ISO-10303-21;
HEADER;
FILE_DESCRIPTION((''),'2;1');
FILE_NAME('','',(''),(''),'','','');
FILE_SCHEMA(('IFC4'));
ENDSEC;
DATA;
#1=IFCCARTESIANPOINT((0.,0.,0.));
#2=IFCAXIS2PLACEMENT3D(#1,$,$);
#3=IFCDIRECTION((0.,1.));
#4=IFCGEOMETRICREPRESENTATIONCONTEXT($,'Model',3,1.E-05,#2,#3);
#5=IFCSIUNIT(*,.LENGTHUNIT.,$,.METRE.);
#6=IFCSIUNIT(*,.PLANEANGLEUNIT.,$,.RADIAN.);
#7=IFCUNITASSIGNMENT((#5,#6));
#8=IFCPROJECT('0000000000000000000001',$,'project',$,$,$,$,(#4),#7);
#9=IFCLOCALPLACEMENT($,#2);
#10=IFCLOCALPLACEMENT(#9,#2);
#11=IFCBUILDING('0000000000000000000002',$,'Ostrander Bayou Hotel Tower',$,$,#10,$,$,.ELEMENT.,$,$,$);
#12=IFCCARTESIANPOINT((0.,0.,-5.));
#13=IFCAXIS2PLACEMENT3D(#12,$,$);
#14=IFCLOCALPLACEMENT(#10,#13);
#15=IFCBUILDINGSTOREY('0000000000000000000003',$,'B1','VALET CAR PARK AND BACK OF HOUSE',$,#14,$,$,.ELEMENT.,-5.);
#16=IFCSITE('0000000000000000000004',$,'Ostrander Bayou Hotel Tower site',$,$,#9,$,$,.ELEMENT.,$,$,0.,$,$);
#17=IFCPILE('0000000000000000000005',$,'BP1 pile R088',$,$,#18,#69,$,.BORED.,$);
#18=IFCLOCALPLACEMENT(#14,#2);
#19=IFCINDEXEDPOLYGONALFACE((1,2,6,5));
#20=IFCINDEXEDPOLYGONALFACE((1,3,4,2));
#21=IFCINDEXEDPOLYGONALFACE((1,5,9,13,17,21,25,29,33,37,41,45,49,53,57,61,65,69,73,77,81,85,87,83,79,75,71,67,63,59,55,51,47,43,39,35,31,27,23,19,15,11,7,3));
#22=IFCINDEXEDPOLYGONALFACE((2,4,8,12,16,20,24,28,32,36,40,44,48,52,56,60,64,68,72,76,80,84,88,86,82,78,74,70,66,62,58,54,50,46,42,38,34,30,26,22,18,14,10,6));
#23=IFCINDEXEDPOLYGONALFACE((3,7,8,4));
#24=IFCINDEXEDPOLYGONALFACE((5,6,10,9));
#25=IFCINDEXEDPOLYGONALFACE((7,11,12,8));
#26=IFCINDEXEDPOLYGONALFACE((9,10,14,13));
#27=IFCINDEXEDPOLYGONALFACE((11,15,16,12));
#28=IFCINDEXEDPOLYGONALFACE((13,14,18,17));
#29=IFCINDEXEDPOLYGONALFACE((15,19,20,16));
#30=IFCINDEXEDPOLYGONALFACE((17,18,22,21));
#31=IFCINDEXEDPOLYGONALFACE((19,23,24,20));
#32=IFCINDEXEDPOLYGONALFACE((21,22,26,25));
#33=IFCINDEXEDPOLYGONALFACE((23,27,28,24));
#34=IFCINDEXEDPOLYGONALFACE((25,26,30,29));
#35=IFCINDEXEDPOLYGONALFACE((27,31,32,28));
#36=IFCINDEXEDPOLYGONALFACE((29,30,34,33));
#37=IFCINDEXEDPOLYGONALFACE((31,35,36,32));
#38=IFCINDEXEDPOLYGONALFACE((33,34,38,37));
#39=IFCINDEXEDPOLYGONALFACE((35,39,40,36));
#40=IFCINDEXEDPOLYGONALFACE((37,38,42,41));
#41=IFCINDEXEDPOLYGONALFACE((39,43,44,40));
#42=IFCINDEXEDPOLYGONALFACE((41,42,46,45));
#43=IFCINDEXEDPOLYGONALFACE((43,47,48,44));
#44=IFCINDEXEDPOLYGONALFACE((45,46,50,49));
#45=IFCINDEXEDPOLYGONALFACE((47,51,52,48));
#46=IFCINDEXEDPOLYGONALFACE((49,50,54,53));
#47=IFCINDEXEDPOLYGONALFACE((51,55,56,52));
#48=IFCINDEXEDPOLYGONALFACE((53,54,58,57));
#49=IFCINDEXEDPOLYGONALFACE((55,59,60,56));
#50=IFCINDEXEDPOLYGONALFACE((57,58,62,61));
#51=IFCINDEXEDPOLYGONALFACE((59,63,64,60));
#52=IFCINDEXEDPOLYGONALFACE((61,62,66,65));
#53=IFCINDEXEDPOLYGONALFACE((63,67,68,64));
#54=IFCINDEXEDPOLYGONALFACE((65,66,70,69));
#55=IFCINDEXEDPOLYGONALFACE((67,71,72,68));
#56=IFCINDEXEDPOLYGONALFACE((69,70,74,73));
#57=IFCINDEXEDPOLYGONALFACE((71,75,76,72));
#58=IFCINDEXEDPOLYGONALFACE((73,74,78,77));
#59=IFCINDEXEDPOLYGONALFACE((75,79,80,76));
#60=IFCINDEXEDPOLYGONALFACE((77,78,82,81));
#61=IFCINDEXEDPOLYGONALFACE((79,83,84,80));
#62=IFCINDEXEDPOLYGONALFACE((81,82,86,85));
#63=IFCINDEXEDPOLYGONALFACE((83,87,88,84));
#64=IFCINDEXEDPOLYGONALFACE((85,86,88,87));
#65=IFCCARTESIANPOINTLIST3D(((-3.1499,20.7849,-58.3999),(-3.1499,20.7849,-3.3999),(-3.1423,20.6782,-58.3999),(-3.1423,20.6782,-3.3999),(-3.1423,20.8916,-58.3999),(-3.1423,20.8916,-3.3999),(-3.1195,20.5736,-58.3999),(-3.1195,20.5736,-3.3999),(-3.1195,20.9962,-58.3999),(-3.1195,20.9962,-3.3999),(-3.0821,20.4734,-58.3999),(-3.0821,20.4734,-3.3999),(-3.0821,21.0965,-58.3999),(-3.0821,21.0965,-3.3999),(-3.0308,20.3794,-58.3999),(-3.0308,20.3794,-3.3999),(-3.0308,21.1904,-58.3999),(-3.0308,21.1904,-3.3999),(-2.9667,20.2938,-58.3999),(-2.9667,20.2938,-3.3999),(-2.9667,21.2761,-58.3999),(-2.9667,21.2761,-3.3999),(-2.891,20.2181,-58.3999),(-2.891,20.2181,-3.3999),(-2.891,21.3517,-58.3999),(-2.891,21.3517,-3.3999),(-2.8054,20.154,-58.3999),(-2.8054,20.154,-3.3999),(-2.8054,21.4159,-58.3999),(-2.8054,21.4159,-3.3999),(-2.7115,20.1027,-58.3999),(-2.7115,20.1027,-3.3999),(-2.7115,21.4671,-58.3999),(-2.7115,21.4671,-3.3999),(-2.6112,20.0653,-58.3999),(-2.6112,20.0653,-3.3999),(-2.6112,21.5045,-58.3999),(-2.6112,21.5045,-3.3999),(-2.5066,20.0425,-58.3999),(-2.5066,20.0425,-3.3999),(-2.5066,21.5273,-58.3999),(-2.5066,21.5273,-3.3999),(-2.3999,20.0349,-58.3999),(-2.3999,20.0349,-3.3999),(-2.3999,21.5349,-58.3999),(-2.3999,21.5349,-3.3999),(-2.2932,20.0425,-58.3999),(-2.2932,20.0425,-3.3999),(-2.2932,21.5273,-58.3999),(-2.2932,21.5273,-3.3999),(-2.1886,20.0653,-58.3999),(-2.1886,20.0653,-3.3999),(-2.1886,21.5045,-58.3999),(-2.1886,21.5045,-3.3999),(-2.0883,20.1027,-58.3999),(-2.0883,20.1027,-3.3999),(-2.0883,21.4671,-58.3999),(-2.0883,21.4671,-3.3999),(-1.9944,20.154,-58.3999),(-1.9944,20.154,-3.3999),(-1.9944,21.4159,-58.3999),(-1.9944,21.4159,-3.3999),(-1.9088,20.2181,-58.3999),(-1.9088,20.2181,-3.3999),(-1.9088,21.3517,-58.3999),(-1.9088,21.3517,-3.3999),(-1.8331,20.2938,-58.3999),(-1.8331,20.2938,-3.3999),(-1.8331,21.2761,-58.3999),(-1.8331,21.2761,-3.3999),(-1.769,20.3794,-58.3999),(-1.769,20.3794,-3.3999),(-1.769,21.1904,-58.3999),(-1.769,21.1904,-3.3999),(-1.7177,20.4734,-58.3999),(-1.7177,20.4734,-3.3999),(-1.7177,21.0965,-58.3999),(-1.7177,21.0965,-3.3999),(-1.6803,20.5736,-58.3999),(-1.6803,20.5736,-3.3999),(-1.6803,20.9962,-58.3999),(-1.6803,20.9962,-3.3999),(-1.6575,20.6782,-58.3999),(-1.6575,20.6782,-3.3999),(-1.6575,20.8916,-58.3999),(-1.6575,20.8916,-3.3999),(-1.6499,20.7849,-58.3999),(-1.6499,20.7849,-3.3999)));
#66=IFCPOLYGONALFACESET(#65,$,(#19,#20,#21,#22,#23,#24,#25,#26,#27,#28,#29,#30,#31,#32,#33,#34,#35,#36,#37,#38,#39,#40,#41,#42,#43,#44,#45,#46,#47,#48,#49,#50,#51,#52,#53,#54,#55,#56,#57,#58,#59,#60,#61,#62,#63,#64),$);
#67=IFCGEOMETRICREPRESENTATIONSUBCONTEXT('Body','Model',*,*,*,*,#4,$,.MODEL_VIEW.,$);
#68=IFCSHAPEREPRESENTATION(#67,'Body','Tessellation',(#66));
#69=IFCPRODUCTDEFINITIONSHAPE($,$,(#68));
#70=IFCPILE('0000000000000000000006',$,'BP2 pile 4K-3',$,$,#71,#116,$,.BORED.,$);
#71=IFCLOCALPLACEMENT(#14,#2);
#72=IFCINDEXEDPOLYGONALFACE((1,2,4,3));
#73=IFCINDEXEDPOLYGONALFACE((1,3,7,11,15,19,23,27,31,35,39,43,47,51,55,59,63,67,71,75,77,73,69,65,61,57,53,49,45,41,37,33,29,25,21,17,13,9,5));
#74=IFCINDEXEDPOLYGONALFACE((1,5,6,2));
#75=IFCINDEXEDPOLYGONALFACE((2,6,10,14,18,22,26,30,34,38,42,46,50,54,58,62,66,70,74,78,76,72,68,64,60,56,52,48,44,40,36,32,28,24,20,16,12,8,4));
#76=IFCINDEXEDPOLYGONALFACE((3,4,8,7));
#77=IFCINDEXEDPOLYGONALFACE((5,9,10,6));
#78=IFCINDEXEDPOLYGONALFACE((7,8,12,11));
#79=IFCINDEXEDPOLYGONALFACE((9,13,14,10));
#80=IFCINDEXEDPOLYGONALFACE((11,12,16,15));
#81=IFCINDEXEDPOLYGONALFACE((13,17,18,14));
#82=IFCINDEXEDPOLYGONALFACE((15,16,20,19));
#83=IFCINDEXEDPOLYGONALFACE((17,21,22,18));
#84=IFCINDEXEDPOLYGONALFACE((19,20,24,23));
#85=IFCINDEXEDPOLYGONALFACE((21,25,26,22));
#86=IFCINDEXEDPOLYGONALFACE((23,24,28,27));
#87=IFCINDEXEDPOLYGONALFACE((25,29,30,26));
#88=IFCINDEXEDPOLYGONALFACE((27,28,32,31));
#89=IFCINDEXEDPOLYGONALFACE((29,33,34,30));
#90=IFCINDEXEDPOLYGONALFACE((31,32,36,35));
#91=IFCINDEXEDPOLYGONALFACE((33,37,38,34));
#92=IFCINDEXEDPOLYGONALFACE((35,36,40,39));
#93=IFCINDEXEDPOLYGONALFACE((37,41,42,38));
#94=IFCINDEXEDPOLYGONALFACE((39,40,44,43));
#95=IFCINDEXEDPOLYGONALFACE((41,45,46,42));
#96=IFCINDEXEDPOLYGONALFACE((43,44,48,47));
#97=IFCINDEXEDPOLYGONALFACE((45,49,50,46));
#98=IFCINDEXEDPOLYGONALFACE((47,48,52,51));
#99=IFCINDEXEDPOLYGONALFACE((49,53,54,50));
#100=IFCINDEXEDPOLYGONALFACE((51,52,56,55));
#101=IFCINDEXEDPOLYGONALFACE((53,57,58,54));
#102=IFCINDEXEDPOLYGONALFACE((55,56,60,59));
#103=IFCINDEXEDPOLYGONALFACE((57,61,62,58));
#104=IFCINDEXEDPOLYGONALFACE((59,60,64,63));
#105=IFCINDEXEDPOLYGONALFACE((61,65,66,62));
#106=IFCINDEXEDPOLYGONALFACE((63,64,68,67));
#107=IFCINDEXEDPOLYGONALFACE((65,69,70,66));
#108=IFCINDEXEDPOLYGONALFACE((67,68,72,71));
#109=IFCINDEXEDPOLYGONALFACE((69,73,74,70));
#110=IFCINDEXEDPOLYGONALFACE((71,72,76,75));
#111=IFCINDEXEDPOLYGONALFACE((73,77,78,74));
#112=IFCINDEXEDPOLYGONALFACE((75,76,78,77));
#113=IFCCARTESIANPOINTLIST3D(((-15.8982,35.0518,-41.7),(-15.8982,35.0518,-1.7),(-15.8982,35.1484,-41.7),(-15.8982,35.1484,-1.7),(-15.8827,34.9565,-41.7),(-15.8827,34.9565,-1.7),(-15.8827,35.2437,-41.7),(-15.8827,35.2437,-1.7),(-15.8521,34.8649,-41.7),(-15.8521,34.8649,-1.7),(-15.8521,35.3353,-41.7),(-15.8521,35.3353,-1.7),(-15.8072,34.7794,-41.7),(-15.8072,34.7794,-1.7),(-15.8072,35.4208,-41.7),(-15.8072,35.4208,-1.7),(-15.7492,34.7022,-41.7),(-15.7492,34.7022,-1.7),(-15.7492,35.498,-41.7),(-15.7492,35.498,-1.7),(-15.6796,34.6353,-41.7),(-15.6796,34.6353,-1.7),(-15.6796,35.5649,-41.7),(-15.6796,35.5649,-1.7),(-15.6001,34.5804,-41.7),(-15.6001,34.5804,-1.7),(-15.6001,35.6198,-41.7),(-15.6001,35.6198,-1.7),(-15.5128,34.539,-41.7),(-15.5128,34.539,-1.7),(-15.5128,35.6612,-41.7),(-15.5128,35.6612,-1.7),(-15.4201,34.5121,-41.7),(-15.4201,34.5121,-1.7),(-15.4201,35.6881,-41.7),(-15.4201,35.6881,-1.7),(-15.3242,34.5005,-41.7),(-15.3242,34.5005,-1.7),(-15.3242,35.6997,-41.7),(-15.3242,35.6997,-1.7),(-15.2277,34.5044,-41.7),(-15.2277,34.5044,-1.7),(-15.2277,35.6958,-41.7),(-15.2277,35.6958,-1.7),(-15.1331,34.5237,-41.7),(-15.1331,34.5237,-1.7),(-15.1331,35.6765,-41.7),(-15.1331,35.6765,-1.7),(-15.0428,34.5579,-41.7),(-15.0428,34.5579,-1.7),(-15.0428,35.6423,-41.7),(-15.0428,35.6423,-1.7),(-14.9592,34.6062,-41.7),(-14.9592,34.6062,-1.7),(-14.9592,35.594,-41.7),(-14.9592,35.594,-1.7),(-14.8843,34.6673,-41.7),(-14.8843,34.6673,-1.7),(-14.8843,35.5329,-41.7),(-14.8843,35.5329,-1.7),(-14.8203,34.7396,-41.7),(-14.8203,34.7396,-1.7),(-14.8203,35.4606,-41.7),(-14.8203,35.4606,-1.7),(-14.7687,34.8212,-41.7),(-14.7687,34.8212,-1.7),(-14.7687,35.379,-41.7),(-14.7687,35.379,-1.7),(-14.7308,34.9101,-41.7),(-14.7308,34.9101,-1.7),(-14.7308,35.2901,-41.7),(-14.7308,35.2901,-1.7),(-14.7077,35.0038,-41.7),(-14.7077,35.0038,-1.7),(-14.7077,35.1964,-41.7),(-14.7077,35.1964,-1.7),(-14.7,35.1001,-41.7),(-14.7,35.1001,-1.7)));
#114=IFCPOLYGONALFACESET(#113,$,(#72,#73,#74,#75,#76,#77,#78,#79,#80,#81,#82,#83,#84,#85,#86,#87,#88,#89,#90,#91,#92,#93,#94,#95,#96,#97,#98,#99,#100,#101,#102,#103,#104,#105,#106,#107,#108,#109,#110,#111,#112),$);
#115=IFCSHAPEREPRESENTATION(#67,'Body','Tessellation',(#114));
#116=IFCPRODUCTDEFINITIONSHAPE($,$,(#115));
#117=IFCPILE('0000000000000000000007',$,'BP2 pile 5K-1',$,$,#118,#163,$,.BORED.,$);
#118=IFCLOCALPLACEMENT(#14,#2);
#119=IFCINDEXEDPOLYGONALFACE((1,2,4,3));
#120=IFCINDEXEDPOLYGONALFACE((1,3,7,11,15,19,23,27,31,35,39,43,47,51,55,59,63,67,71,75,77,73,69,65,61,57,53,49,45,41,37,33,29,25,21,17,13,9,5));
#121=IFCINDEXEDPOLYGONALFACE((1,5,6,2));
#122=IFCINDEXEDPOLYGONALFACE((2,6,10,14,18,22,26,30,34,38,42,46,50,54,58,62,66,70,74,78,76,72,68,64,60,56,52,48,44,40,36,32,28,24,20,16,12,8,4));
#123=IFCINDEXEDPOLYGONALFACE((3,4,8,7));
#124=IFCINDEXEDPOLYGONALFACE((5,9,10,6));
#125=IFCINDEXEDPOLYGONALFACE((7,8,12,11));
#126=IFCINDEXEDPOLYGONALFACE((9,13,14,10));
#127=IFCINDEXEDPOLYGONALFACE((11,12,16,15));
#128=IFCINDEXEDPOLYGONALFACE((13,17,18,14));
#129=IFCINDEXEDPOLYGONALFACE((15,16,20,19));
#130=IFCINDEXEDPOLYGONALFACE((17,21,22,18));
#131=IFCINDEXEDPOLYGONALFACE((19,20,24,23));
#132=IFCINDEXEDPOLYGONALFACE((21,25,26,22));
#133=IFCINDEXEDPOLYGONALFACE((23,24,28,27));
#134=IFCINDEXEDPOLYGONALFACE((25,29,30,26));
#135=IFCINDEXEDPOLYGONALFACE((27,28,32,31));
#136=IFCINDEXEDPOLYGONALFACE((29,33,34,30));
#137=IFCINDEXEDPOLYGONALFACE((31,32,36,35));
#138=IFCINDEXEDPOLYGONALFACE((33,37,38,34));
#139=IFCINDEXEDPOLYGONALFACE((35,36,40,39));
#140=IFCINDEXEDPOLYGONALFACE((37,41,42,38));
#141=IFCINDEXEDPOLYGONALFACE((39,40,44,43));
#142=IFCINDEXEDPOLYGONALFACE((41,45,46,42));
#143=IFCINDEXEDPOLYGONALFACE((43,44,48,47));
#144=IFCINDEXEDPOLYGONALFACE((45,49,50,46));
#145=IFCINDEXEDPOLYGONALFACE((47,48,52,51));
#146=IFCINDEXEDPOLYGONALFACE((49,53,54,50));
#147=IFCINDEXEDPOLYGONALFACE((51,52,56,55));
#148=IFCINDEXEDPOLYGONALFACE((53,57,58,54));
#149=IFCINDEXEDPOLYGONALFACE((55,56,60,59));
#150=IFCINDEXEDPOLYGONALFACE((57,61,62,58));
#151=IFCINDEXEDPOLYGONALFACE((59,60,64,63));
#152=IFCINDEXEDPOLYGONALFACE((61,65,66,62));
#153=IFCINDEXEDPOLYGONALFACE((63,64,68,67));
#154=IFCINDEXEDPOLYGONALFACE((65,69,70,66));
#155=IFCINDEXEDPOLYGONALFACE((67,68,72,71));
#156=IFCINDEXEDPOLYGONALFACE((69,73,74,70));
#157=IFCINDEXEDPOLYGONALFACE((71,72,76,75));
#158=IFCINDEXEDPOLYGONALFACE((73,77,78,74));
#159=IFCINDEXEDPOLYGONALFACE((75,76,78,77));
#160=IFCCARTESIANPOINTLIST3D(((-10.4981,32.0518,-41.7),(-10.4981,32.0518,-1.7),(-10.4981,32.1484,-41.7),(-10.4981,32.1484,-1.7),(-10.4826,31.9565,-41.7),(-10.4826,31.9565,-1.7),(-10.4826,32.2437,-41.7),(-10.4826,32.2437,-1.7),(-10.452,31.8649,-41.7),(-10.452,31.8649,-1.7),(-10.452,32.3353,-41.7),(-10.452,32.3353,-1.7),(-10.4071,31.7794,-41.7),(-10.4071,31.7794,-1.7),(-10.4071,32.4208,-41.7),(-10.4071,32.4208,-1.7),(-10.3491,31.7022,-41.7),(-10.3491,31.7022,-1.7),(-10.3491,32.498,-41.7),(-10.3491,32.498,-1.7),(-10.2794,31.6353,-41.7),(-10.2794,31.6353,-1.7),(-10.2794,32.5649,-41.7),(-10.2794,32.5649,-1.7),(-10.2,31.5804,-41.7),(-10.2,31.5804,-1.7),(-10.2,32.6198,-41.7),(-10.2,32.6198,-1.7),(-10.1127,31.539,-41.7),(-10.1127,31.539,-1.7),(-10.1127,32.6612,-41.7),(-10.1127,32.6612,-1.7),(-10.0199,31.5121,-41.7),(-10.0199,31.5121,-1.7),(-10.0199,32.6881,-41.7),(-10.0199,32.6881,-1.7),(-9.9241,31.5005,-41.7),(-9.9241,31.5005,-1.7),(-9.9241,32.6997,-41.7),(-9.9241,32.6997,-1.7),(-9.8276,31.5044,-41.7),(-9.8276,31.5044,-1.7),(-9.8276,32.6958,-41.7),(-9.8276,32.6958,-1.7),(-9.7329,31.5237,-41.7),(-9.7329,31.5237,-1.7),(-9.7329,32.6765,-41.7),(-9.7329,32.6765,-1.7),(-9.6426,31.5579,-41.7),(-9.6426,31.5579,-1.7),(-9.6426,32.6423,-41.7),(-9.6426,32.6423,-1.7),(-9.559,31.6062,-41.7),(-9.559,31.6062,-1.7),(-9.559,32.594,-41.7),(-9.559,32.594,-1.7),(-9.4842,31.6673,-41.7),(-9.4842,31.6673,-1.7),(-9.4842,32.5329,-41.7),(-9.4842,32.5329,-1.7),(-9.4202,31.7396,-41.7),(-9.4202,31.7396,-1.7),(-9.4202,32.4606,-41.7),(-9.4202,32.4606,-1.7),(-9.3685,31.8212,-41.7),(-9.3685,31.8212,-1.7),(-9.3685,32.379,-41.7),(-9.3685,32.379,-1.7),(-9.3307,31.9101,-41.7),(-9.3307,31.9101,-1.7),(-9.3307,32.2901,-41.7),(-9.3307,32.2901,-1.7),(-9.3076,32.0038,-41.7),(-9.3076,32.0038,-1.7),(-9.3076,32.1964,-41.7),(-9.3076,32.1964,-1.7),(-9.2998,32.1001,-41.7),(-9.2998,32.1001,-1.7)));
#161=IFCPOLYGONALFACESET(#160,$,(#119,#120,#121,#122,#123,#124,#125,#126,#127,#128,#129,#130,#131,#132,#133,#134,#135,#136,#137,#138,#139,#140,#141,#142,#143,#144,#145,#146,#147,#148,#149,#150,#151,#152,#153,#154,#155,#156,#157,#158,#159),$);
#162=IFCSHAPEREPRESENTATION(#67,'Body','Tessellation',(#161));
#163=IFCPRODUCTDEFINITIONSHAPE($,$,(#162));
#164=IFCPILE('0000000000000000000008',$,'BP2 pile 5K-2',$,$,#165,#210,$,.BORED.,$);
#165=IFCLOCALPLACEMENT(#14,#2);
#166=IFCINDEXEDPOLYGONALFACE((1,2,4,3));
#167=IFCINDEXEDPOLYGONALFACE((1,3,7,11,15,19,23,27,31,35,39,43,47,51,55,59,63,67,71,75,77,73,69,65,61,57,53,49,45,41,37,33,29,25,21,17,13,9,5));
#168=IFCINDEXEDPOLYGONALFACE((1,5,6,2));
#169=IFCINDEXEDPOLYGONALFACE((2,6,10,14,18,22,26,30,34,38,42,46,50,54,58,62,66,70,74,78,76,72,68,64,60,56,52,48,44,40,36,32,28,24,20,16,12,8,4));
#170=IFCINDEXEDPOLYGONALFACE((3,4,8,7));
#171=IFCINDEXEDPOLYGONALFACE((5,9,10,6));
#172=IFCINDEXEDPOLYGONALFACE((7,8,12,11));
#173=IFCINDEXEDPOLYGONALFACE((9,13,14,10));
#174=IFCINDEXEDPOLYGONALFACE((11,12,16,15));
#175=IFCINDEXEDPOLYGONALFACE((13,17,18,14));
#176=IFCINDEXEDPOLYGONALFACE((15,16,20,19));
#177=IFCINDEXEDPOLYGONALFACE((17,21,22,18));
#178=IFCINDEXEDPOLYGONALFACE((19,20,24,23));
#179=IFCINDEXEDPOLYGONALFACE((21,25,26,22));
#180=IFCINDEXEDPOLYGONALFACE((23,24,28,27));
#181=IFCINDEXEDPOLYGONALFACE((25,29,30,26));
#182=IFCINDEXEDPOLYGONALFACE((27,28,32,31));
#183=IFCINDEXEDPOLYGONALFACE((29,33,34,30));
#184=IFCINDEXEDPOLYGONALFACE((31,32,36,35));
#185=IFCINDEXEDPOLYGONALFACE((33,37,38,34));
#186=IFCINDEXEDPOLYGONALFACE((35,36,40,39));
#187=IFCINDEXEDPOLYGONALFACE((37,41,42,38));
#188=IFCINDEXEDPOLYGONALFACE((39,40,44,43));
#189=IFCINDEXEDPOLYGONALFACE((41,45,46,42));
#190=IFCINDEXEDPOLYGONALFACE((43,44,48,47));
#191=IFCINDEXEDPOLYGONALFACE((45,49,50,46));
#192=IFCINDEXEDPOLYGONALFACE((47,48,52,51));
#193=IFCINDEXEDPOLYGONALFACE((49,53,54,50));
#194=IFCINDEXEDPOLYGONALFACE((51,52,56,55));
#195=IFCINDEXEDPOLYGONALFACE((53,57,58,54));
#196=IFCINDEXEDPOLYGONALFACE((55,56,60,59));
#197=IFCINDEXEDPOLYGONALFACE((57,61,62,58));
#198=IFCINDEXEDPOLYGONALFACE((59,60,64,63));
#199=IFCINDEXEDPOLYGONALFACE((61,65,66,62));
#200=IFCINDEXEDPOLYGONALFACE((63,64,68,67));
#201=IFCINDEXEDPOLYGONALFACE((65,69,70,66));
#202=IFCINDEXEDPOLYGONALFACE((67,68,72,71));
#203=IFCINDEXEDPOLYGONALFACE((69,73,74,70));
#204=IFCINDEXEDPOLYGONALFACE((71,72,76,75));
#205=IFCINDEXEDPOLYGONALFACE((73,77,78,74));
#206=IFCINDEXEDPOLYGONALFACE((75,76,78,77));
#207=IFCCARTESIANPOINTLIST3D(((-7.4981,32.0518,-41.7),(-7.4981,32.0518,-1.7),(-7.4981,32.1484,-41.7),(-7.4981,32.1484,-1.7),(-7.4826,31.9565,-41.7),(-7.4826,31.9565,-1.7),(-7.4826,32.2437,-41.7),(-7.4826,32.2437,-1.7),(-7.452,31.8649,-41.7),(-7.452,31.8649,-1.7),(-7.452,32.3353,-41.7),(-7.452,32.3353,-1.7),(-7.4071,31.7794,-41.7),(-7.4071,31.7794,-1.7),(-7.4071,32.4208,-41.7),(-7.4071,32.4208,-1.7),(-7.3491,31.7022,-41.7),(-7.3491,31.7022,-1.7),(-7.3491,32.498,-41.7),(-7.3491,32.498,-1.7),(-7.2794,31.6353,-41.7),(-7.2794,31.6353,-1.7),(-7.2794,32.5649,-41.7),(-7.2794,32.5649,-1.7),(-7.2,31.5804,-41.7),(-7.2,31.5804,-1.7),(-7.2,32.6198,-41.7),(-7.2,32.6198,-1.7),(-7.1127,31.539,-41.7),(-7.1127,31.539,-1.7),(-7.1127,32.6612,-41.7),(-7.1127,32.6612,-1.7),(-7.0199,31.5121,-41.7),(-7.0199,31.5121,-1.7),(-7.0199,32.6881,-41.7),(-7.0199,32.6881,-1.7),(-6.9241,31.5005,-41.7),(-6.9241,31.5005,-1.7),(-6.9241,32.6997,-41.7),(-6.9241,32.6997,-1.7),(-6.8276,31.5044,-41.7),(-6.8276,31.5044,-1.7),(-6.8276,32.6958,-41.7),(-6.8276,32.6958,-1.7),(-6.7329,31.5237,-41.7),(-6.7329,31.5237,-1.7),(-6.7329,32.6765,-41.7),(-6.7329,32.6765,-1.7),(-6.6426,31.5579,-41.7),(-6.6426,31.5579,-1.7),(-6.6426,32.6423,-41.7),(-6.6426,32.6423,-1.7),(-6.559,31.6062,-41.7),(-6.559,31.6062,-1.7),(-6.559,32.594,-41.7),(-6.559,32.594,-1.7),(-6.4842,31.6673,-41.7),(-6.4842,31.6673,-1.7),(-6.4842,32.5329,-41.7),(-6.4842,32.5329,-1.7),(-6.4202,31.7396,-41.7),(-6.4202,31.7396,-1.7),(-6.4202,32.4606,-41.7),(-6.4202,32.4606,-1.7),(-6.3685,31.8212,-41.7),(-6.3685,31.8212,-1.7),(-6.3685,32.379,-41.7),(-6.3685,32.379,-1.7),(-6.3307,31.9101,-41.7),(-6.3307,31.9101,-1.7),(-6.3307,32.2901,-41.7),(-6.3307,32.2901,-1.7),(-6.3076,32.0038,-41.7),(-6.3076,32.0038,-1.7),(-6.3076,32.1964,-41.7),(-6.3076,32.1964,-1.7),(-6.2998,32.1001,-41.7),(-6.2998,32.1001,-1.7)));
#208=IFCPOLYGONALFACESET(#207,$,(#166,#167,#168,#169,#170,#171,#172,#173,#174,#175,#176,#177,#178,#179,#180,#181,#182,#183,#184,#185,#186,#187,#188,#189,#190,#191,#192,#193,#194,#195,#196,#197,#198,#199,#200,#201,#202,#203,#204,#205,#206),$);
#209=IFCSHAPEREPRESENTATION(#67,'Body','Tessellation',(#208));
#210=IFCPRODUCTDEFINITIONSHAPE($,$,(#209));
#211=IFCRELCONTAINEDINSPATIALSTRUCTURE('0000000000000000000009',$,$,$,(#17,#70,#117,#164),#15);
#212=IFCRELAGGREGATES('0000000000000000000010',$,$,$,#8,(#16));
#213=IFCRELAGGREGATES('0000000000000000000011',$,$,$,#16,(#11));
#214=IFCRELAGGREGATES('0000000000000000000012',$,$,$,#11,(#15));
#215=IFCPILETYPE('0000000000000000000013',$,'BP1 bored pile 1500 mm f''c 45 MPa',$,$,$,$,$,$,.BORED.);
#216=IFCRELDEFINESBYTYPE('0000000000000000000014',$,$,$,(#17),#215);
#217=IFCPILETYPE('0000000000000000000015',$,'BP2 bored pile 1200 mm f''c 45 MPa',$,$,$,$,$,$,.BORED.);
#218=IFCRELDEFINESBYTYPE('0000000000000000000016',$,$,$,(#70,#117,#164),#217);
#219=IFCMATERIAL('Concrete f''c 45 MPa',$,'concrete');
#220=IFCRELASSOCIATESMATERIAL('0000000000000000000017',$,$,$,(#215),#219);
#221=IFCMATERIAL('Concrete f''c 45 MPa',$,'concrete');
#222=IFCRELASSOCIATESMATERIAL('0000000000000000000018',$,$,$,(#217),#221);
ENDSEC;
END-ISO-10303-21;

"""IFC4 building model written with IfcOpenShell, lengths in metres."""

from ifc_helpers import new_model, si_unit, direction, frame, origin, origin_2d, place, context, subcontext, project, spatial, circle, extrude, material, material_profile, profile_set, type_object, element, save


model = new_model("IFC4")

# Units and contexts
model_context = context("Model", 3, precision=1e-05, world=origin(), true_north=direction((0.0, 1.0)))
body_context = subcontext(model_context, "Body", "Model", "MODEL_VIEW")
ifc_project = project(units=[si_unit("LENGTHUNIT", "METRE"), si_unit("PLANEANGLEUNIT", "RADIAN")], contexts=[model_context])

# Site, building, storey
site_placement = place(None, origin())
site = spatial("IfcSite", under=ifc_project, at=site_placement, Name="Ostrander Bayou Hotel Tower site", CompositionType="ELEMENT", RefElevation=0.0)
building_placement = place(site_placement, origin())
building = spatial("IfcBuilding", under=site, at=building_placement, Name="Ostrander Bayou Hotel Tower", CompositionType="ELEMENT")
storey_placement = place(building_placement, frame((0.0, 0.0, -5.0)))
storey = spatial("IfcBuildingStorey", under=building, at=storey_placement, Name="B1", Description="VALET CAR PARK AND BACK OF HOUSE", CompositionType="ELEMENT", Elevation=-5.0)

# Piles
ifc_material_1 = material(Name="Concrete f'c 45 MPa", Category="concrete")
ifc_material_profile_1 = material_profile(ifc_material_1, circle(Radius=0.75, at=origin_2d()))
ifc_profile_set_1 = profile_set([ifc_material_profile_1], Name="Concrete f'c 45 MPa")
pile_type_1 = type_object("IfcPileType", Name="BP1 bored pile 1500 mm f'c 45 MPa", PredefinedType="BORED", material=ifc_profile_set_1)
for number, where, z_axis, x_axis, name in (
    (1, (-2.3999, 20.7849, -3.3999), (0.0, 0.0, -1.0), (1.0, 0.0, 0.0), "BP1 pile R088"),
):
    element("IfcPile", number, at=place(storey_placement, frame(where, z_axis=z_axis, x_axis=x_axis)), inside=storey, type_object=pile_type_1, Name=name, PredefinedType="BORED", context=body_context, shape_type="SweptSolid", body=[
        extrude(circle(Radius=0.75, at=origin_2d()), origin(), (0.0, 0.0, 1.0), 55.0),
    ])
ifc_material_2 = material(Name="Concrete f'c 45 MPa", Category="concrete")
ifc_material_profile_2 = material_profile(ifc_material_2, circle(Radius=0.6001, at=origin_2d()))
ifc_profile_set_2 = profile_set([ifc_material_profile_2], Name="Concrete f'c 45 MPa")
pile_type_2 = type_object("IfcPileType", Name="BP2 bored pile 1200 mm f'c 45 MPa", PredefinedType="BORED", material=ifc_profile_set_2)
for number, where, z_axis, x_axis, name in (
    (2, (-15.3, 35.1001, -1.7), (0.0, 0.0, -1.0), (1.0, 0.0, 0.0), "BP2 pile 4K-3"),
    (3, (-9.8999, 32.1001, -1.7), (0.0, 0.0, -1.0), (1.0, 0.0, 0.0), "BP2 pile 5K-1"),
    (4, (-6.8999, 32.1001, -1.7), (0.0, 0.0, -1.0), (1.0, 0.0, 0.0), "BP2 pile 5K-2"),
):
    element("IfcPile", number, at=place(storey_placement, frame(where, z_axis=z_axis, x_axis=x_axis)), inside=storey, type_object=pile_type_2, Name=name, PredefinedType="BORED", context=body_context, shape_type="SweptSolid", body=[
        extrude(circle(Radius=0.6001, at=origin_2d()), origin(), (0.0, 0.0, 1.0), 40.0),
    ])

save(model, "model.ifc")
